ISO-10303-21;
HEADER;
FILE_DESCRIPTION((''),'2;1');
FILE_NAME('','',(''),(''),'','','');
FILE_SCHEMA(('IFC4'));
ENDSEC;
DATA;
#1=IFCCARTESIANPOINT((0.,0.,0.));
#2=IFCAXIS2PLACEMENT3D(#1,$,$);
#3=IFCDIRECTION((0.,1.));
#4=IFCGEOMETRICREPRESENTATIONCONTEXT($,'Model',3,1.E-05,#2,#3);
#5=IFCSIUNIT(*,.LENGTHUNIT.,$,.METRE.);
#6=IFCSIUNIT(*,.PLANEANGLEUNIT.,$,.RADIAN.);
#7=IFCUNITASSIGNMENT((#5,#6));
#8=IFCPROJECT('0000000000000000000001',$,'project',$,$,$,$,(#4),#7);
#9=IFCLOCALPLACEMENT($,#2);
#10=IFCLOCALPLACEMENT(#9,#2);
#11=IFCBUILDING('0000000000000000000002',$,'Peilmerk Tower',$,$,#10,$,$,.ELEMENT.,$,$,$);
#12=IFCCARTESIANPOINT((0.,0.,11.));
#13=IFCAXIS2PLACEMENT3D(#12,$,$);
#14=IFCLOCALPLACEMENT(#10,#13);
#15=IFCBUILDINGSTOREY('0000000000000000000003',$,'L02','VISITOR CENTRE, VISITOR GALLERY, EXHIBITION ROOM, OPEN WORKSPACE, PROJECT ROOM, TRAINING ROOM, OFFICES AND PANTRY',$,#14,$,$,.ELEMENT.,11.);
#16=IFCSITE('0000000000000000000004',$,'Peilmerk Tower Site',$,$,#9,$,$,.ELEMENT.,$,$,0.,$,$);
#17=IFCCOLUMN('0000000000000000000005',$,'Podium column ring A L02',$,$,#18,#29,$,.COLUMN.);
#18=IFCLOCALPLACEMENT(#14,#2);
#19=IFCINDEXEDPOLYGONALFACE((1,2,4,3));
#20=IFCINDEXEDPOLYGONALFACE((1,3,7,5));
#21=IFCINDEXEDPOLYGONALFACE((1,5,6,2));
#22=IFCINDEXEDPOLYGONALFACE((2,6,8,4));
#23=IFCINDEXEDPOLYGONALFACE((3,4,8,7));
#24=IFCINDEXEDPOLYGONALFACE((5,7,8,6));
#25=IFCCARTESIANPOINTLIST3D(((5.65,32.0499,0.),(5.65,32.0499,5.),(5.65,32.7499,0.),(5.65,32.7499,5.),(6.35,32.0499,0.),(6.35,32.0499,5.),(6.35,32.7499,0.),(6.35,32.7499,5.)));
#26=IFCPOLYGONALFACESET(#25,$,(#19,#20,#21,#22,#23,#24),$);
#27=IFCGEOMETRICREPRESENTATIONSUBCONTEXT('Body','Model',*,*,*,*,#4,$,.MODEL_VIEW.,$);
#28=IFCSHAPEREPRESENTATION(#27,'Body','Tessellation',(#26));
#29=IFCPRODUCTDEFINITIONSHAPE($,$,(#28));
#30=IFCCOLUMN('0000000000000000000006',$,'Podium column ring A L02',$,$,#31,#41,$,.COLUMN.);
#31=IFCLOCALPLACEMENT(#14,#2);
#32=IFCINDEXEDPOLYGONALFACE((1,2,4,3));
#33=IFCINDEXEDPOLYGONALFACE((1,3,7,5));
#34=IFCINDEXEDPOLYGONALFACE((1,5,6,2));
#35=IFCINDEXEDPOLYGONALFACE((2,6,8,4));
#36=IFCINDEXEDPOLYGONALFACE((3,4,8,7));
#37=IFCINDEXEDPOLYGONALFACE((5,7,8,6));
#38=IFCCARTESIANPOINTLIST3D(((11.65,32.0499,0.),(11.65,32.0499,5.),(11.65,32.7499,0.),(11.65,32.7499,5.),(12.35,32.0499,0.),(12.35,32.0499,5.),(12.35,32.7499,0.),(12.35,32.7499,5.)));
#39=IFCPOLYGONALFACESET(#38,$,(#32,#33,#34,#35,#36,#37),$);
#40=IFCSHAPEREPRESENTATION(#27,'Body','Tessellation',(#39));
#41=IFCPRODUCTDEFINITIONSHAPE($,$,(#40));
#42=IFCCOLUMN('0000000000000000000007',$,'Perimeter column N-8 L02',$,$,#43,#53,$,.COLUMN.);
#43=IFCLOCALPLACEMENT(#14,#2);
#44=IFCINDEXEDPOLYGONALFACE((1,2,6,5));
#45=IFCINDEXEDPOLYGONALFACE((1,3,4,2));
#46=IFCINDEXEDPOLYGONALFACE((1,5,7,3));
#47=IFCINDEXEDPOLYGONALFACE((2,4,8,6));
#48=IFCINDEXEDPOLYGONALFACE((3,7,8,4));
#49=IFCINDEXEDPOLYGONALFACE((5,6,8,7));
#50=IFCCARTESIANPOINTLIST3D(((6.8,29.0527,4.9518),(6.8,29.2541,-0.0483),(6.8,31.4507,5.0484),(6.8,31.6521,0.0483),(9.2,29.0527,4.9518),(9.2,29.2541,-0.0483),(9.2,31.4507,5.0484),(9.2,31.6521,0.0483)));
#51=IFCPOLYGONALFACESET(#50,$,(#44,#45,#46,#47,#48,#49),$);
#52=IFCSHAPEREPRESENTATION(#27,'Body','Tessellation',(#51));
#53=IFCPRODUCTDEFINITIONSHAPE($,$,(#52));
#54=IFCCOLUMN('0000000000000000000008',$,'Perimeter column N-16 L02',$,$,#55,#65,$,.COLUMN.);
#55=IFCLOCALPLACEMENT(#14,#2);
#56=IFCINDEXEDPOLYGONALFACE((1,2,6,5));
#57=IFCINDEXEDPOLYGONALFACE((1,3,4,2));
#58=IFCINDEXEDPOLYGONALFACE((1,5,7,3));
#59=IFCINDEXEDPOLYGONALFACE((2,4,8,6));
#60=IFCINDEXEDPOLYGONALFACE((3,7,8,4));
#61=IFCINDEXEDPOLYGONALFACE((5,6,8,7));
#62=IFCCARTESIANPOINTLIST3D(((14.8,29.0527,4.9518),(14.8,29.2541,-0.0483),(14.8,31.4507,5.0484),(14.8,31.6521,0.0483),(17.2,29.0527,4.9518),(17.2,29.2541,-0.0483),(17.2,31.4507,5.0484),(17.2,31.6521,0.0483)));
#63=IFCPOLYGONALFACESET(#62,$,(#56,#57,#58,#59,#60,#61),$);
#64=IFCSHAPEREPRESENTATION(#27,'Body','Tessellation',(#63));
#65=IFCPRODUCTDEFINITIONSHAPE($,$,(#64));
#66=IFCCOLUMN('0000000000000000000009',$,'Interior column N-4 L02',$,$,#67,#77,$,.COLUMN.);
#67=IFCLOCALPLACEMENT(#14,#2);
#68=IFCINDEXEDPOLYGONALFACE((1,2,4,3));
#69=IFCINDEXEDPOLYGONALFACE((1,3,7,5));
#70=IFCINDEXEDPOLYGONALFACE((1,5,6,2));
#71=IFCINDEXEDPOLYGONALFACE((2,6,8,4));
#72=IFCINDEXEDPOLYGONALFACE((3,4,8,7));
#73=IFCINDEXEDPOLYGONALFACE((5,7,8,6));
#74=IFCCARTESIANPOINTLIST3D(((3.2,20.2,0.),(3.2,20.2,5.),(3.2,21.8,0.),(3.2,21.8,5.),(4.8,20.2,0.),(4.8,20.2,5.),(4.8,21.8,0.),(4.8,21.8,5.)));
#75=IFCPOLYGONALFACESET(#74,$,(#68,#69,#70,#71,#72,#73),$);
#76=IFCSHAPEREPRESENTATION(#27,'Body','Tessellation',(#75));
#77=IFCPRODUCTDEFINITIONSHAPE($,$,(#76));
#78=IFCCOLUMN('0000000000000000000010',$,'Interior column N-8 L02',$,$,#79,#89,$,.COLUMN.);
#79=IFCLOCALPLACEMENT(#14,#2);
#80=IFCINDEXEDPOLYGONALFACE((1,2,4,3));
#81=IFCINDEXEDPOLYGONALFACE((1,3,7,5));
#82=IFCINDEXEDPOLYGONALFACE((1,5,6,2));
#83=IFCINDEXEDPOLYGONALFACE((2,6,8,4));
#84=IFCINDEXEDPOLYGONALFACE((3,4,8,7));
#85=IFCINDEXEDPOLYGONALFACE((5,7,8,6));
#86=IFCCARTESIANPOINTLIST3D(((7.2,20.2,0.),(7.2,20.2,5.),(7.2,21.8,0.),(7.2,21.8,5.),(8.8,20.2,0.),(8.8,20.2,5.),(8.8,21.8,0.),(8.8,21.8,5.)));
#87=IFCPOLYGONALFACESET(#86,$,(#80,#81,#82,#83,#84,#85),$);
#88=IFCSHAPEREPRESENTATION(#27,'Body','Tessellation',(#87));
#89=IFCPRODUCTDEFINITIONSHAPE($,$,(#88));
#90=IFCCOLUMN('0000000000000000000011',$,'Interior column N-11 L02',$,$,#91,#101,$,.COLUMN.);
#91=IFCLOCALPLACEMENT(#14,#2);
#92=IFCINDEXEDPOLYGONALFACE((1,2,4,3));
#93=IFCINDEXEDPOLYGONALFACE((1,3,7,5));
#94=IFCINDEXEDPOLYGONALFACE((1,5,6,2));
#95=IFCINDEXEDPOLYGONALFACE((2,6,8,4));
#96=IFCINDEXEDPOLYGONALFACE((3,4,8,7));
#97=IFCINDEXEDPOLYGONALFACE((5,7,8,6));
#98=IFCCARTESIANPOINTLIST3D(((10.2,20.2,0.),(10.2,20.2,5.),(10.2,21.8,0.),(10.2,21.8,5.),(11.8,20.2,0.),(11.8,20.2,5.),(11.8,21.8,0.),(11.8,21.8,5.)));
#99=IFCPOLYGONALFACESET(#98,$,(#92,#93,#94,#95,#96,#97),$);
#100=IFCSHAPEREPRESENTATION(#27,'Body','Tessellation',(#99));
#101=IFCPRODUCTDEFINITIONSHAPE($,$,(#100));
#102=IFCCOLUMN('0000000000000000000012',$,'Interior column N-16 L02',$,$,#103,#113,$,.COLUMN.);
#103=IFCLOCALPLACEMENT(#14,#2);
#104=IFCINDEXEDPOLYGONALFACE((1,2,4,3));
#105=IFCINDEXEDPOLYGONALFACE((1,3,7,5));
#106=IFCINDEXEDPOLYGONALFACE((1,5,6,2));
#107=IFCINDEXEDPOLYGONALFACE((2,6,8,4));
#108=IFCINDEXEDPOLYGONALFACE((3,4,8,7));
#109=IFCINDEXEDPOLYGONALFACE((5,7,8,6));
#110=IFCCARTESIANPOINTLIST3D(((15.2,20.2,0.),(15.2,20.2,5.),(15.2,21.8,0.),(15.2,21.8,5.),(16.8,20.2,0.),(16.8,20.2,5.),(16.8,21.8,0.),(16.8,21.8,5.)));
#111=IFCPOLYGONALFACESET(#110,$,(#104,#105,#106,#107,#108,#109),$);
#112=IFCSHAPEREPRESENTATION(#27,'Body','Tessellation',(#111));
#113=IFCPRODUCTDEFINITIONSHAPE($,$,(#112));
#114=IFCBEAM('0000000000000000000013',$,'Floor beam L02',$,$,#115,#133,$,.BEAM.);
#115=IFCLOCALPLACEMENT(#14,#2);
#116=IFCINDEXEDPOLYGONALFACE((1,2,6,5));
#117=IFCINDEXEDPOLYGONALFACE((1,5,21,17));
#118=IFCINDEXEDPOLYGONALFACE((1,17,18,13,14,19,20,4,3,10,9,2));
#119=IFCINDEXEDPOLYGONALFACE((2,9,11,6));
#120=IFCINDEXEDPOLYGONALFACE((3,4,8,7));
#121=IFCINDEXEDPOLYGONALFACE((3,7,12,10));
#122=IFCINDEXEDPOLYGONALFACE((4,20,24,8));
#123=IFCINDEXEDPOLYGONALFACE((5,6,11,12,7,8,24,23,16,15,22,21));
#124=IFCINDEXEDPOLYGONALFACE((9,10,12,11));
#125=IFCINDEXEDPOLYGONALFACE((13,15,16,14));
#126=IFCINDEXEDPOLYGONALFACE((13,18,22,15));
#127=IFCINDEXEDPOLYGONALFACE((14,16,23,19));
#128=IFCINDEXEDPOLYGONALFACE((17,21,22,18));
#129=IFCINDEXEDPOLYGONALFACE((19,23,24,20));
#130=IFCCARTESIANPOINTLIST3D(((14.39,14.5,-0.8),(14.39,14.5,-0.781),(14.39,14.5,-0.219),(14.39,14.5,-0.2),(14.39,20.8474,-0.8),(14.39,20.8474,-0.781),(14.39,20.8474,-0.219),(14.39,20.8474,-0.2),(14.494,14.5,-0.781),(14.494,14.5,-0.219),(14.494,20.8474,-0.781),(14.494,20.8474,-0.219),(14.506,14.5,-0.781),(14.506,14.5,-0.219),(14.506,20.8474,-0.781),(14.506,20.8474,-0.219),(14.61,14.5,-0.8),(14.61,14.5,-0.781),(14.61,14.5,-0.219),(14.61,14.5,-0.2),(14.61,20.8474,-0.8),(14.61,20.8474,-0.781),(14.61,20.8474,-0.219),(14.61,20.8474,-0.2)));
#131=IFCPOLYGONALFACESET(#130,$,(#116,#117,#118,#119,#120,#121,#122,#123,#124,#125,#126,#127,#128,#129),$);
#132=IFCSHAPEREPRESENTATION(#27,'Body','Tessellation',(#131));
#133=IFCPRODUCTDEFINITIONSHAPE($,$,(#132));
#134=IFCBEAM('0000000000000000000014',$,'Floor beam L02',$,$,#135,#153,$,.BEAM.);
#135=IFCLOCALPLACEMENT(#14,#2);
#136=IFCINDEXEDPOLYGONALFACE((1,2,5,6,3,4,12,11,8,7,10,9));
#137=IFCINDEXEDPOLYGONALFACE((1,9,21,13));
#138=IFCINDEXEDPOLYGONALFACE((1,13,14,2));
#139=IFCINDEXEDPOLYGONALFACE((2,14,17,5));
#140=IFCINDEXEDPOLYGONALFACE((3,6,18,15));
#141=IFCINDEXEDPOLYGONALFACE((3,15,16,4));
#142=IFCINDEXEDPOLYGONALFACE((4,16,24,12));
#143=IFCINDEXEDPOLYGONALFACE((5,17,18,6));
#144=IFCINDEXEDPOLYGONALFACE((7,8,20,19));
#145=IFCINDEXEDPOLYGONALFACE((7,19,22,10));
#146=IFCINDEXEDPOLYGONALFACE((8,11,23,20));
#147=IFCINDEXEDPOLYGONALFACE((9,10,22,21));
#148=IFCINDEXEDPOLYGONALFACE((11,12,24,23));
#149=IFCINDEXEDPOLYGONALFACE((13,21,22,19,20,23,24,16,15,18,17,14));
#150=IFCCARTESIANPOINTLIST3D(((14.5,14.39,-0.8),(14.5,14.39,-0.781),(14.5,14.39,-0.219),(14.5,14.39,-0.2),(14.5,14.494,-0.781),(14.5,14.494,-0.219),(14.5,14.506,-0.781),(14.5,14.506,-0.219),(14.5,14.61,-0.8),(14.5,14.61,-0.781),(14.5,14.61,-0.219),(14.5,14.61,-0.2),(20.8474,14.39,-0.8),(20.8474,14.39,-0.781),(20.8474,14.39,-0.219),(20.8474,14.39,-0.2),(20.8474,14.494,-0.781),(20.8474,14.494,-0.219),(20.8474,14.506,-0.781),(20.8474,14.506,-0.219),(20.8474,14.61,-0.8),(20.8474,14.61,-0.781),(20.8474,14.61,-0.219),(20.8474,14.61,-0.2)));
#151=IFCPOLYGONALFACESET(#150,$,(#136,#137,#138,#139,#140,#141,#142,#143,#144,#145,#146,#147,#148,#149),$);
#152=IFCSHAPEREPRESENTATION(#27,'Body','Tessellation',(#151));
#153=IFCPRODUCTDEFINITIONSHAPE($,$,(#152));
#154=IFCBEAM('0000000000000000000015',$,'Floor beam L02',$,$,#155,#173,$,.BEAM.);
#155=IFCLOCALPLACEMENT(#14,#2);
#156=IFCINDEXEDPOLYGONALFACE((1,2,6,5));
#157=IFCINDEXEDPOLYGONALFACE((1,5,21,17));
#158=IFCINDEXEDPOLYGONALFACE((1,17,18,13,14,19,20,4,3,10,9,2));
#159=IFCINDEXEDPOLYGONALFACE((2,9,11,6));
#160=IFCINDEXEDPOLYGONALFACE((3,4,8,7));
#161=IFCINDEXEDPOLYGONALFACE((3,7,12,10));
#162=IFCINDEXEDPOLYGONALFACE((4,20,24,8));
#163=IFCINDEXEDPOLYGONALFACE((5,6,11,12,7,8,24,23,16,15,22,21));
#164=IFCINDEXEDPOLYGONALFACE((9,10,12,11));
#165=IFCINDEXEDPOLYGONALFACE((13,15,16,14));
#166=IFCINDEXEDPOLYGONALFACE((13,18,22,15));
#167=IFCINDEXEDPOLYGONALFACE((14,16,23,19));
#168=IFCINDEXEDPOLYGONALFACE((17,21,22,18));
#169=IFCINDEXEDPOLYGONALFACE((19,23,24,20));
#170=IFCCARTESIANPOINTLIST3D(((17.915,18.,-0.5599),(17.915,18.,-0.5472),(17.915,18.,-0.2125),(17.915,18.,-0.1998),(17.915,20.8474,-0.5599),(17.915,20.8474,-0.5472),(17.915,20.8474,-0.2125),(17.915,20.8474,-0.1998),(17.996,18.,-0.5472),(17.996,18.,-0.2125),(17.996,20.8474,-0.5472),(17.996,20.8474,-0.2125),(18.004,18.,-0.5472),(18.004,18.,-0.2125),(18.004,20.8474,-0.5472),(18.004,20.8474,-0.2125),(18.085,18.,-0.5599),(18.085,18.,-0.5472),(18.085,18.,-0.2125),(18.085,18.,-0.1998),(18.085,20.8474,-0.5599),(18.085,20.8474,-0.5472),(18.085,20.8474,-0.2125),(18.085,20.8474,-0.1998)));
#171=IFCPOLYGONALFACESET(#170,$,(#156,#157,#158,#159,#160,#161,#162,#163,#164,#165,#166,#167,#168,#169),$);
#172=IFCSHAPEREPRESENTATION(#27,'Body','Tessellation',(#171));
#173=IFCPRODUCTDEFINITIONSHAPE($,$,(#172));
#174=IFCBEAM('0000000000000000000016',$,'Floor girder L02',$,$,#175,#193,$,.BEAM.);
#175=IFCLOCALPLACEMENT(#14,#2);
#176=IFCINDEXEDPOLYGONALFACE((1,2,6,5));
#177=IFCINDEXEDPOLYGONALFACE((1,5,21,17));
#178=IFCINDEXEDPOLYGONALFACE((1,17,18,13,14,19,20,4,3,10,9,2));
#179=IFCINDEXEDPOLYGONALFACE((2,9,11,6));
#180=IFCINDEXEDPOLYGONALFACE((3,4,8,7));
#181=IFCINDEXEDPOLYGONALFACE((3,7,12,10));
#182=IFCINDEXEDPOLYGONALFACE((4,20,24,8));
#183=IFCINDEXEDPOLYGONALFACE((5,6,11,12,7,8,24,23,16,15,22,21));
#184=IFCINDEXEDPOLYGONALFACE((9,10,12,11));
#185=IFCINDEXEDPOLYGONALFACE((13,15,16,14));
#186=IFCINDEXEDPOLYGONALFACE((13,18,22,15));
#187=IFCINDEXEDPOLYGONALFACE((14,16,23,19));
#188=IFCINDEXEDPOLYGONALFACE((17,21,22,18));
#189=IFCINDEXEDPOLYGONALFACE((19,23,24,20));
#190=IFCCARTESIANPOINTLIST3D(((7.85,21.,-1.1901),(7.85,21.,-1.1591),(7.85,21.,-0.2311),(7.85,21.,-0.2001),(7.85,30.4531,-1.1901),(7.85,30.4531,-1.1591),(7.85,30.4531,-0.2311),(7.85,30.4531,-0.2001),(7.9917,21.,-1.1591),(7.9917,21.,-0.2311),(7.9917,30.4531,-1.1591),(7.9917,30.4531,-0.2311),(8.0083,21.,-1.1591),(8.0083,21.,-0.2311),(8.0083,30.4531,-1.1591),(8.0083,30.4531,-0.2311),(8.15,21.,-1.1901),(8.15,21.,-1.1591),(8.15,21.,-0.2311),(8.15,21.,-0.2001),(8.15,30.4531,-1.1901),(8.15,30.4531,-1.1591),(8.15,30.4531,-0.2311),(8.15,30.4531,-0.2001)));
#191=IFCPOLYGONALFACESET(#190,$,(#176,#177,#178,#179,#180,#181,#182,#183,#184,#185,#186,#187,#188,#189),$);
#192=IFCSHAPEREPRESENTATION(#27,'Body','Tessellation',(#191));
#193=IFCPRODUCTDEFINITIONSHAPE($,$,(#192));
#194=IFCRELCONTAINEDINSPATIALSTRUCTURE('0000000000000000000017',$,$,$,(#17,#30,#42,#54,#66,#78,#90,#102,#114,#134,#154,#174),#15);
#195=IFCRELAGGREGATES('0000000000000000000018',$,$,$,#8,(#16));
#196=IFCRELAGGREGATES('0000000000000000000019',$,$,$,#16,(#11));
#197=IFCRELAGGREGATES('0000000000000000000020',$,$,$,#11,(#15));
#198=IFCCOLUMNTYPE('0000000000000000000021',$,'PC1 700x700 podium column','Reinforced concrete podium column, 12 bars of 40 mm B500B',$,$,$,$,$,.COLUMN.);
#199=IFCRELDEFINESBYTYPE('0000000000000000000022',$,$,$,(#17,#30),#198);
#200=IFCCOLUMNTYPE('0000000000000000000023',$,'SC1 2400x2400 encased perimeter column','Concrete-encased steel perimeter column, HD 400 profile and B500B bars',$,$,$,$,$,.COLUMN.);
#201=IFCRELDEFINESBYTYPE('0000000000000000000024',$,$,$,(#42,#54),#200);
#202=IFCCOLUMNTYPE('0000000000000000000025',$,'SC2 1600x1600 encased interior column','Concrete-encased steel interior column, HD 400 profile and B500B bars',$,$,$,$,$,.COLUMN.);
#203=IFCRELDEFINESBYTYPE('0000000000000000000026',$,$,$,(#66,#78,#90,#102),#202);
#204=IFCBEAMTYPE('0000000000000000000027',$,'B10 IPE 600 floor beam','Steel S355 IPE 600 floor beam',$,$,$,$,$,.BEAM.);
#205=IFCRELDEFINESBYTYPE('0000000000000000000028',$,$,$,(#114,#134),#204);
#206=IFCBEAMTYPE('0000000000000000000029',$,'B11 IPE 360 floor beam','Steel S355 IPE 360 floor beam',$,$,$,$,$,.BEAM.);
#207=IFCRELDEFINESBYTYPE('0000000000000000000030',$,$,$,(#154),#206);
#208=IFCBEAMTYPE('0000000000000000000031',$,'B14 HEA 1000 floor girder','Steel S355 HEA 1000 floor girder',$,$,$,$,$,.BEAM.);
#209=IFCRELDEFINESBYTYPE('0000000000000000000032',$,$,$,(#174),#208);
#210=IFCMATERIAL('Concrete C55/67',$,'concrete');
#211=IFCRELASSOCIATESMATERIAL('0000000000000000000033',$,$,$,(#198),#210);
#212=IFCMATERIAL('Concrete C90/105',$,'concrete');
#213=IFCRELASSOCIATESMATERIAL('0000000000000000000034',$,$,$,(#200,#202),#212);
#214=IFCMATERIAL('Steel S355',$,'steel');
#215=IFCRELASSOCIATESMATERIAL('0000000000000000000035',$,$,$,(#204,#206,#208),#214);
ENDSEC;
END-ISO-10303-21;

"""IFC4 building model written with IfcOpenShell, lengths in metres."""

from ifc_helpers import new_model, si_unit, direction, frame, origin, origin_2d, place, context, subcontext, project, spatial, rectangle, i_section, extrude, material, material_profile, profile_set, type_object, element, save


model = new_model("IFC4")

# Units and contexts
model_context = context("Model", 3, precision=1e-05, world=origin(), true_north=direction((0.0, 1.0)))
body_context = subcontext(model_context, "Body", "Model", "MODEL_VIEW")
ifc_project = project(units=[si_unit("LENGTHUNIT", "METRE"), si_unit("PLANEANGLEUNIT", "RADIAN")], contexts=[model_context])

# Site, building, storey
site_placement = place(None, origin())
site = spatial("IfcSite", under=ifc_project, at=site_placement, Name="Peilmerk Tower Site", CompositionType="ELEMENT", RefElevation=0.0)
building_placement = place(site_placement, origin())
building = spatial("IfcBuilding", under=site, at=building_placement, Name="Peilmerk Tower", CompositionType="ELEMENT")
storey_placement = place(building_placement, frame((0.0, 0.0, 11.0)))
storey = spatial("IfcBuildingStorey", under=building, at=storey_placement, Name="L02", Description="VISITOR CENTRE, VISITOR GALLERY, EXHIBITION ROOM, OPEN WORKSPACE, PROJECT ROOM, TRAINING ROOM, OFFICES AND PANTRY", CompositionType="ELEMENT", Elevation=11.0)

# Columns
ifc_material_1 = material(Name="Concrete C55/67", Category="concrete")
ifc_material_profile_1 = material_profile(ifc_material_1, rectangle(XDim=0.7, YDim=0.7, at=origin_2d()), Name="RC 700x700")
ifc_profile_set_1 = profile_set([ifc_material_profile_1], Name="Concrete C55/67")
column_type_1 = type_object("IfcColumnType", Name="PC1 700x700 podium column", Description="Reinforced concrete podium column, 12 bars of 40 mm B500B", PredefinedType="COLUMN", material=ifc_profile_set_1)
for number, where, z_axis, x_axis, name in (
    (1, (6.0, 32.3999, 0.0), (0.0, 0.0, 1.0), (1.0, 0.0, 0.0), "Podium column ring A L02"),
    (2, (12.0, 32.3999, 0.0), (0.0, 0.0, 1.0), (1.0, 0.0, 0.0), "Podium column ring A L02"),
):
    element("IfcColumn", number, at=place(storey_placement, frame(where, z_axis=z_axis, x_axis=x_axis)), inside=storey, type_object=column_type_1, Name=name, PredefinedType="COLUMN", context=body_context, shape_type="SweptSolid", body=[
        extrude(rectangle(XDim=0.7, YDim=0.7, at=origin_2d()), origin(), (0.0, 0.0, 1.0), 5.0),
    ])
ifc_material_2 = material(Name="Concrete C90/105", Category="concrete")
ifc_material_profile_2 = material_profile(ifc_material_2, rectangle(XDim=2.3999, YDim=2.3999, at=origin_2d()), Name="RC 2400x2400")
ifc_profile_set_2 = profile_set([ifc_material_profile_2], Name="Concrete C90/105")
column_type_2 = type_object("IfcColumnType", Name="SC1 2400x2400 encased perimeter column", Description="Concrete-encased steel perimeter column, HD 400 profile and B500B bars", PredefinedType="COLUMN", material=ifc_profile_set_2)
for number, where, z_axis, x_axis, name in (
    (3, (8.0, 30.4531, 0.0), (0.0, -0.040251, 0.99919), (1.0, 0.0, 0.0), "Perimeter column N-8 L02"),
    (4, (16.0, 30.4531, 0.0), (0.0, -0.040251, 0.99919), (1.0, 0.0, 0.0), "Perimeter column N-16 L02"),
):
    element("IfcColumn", number, at=place(storey_placement, frame(where, z_axis=z_axis, x_axis=x_axis)), inside=storey, type_object=column_type_2, Name=name, PredefinedType="COLUMN", context=body_context, shape_type="SweptSolid", body=[
        extrude(rectangle(XDim=2.3999, YDim=2.3999, at=origin_2d()), origin(), (0.0, 0.0, 1.0), 5.0042),
    ])
ifc_material_profile_3 = material_profile(ifc_material_2, rectangle(XDim=1.6001, YDim=1.6001, at=origin_2d()), Name="RC 1600x1600")
ifc_profile_set_3 = profile_set([ifc_material_profile_3], Name="Concrete C90/105")
column_type_3 = type_object("IfcColumnType", Name="SC2 1600x1600 encased interior column", Description="Concrete-encased steel interior column, HD 400 profile and B500B bars", PredefinedType="COLUMN", material=ifc_profile_set_3)
for number, where, z_axis, x_axis, name in (
    (5, (4.0, 21.0, 0.0), (0.0, 0.0, 1.0), (1.0, 0.0, 0.0), "Interior column N-4 L02"),
    (6, (8.0, 21.0, 0.0), (0.0, 0.0, 1.0), (1.0, 0.0, 0.0), "Interior column N-8 L02"),
    (7, (11.0, 21.0, 0.0), (0.0, 0.0, 1.0), (1.0, 0.0, 0.0), "Interior column N-11 L02"),
    (8, (16.0, 21.0, 0.0), (0.0, 0.0, 1.0), (1.0, 0.0, 0.0), "Interior column N-16 L02"),
):
    element("IfcColumn", number, at=place(storey_placement, frame(where, z_axis=z_axis, x_axis=x_axis)), inside=storey, type_object=column_type_3, Name=name, PredefinedType="COLUMN", context=body_context, shape_type="SweptSolid", body=[
        extrude(rectangle(XDim=1.6001, YDim=1.6001, at=origin_2d()), origin(), (0.0, 0.0, 1.0), 5.0),
    ])

# Beams
ifc_material_3 = material(Name="Steel S355", Category="steel")
ifc_material_profile_4 = material_profile(ifc_material_3, i_section(OverallWidth=0.22, OverallDepth=0.6001, WebThickness=0.012, FlangeThickness=0.019, at=origin_2d()), Name="IPE 600")
ifc_profile_set_4 = profile_set([ifc_material_profile_4], Name="Steel S355")
beam_type_1 = type_object("IfcBeamType", Name="B10 IPE 600 floor beam", Description="Steel S355 IPE 600 floor beam", PredefinedType="BEAM", material=ifc_profile_set_4)
for number, where, z_axis, x_axis, name in (
    (9, (14.5, 14.5, -0.5), (0.0, 1.0, 0.0), (-1.0, 0.0, 0.0), "Floor beam L02"),
    (10, (14.5, 14.5, -0.5), (1.0, 0.0, 0.0), (0.0, 1.0, 0.0), "Floor beam L02"),
):
    element("IfcBeam", number, at=place(storey_placement, frame(where, z_axis=z_axis, x_axis=x_axis)), inside=storey, type_object=beam_type_1, Name=name, PredefinedType="BEAM", context=body_context, shape_type="SweptSolid", body=[
        extrude(i_section(OverallWidth=0.22, OverallDepth=0.6001, WebThickness=0.012, FlangeThickness=0.019, at=origin_2d()), origin(), (0.0, 0.0, 1.0), 6.3474),
    ])
ifc_material_profile_5 = material_profile(ifc_material_3, i_section(OverallWidth=0.1699, OverallDepth=0.3601, WebThickness=0.0081, FlangeThickness=0.0127, at=origin_2d()), Name="IPE 360")
ifc_profile_set_5 = profile_set([ifc_material_profile_5], Name="Steel S355")
beam_type_2 = type_object("IfcBeamType", Name="B11 IPE 360 floor beam", Description="Steel S355 IPE 360 floor beam", PredefinedType="BEAM", material=ifc_profile_set_5)
beam_1_placement = place(storey_placement, frame((18.0, 18.0, -0.3799), z_axis=(0.0, 1.0, 0.0), x_axis=(-1.0, 0.0, 0.0)))
element("IfcBeam", 11, at=beam_1_placement, inside=storey, type_object=beam_type_2, Name="Floor beam L02", PredefinedType="BEAM", context=body_context, shape_type="SweptSolid", body=[
    extrude(i_section(OverallWidth=0.1699, OverallDepth=0.3601, WebThickness=0.0081, FlangeThickness=0.0127, at=origin_2d()), origin(), (0.0, 0.0, 1.0), 2.8474),
])
ifc_material_profile_6 = material_profile(ifc_material_3, i_section(OverallWidth=0.3, OverallDepth=0.99, WebThickness=0.0166, FlangeThickness=0.031, at=origin_2d()), Name="HEA 1000")
ifc_profile_set_6 = profile_set([ifc_material_profile_6], Name="Steel S355")
beam_type_3 = type_object("IfcBeamType", Name="B14 HEA 1000 floor girder", Description="Steel S355 HEA 1000 floor girder", PredefinedType="BEAM", material=ifc_profile_set_6)
beam_2_placement = place(storey_placement, frame((8.0, 21.0, -0.6951), z_axis=(0.0, 1.0, 0.0), x_axis=(-1.0, 0.0, 0.0)))
element("IfcBeam", 12, at=beam_2_placement, inside=storey, type_object=beam_type_3, Name="Floor girder L02", PredefinedType="BEAM", context=body_context, shape_type="SweptSolid", body=[
    extrude(i_section(OverallWidth=0.3, OverallDepth=0.99, WebThickness=0.0166, FlangeThickness=0.031, at=origin_2d()), origin(), (0.0, 0.0, 1.0), 9.4531),
])

save(model, "model.ifc")
